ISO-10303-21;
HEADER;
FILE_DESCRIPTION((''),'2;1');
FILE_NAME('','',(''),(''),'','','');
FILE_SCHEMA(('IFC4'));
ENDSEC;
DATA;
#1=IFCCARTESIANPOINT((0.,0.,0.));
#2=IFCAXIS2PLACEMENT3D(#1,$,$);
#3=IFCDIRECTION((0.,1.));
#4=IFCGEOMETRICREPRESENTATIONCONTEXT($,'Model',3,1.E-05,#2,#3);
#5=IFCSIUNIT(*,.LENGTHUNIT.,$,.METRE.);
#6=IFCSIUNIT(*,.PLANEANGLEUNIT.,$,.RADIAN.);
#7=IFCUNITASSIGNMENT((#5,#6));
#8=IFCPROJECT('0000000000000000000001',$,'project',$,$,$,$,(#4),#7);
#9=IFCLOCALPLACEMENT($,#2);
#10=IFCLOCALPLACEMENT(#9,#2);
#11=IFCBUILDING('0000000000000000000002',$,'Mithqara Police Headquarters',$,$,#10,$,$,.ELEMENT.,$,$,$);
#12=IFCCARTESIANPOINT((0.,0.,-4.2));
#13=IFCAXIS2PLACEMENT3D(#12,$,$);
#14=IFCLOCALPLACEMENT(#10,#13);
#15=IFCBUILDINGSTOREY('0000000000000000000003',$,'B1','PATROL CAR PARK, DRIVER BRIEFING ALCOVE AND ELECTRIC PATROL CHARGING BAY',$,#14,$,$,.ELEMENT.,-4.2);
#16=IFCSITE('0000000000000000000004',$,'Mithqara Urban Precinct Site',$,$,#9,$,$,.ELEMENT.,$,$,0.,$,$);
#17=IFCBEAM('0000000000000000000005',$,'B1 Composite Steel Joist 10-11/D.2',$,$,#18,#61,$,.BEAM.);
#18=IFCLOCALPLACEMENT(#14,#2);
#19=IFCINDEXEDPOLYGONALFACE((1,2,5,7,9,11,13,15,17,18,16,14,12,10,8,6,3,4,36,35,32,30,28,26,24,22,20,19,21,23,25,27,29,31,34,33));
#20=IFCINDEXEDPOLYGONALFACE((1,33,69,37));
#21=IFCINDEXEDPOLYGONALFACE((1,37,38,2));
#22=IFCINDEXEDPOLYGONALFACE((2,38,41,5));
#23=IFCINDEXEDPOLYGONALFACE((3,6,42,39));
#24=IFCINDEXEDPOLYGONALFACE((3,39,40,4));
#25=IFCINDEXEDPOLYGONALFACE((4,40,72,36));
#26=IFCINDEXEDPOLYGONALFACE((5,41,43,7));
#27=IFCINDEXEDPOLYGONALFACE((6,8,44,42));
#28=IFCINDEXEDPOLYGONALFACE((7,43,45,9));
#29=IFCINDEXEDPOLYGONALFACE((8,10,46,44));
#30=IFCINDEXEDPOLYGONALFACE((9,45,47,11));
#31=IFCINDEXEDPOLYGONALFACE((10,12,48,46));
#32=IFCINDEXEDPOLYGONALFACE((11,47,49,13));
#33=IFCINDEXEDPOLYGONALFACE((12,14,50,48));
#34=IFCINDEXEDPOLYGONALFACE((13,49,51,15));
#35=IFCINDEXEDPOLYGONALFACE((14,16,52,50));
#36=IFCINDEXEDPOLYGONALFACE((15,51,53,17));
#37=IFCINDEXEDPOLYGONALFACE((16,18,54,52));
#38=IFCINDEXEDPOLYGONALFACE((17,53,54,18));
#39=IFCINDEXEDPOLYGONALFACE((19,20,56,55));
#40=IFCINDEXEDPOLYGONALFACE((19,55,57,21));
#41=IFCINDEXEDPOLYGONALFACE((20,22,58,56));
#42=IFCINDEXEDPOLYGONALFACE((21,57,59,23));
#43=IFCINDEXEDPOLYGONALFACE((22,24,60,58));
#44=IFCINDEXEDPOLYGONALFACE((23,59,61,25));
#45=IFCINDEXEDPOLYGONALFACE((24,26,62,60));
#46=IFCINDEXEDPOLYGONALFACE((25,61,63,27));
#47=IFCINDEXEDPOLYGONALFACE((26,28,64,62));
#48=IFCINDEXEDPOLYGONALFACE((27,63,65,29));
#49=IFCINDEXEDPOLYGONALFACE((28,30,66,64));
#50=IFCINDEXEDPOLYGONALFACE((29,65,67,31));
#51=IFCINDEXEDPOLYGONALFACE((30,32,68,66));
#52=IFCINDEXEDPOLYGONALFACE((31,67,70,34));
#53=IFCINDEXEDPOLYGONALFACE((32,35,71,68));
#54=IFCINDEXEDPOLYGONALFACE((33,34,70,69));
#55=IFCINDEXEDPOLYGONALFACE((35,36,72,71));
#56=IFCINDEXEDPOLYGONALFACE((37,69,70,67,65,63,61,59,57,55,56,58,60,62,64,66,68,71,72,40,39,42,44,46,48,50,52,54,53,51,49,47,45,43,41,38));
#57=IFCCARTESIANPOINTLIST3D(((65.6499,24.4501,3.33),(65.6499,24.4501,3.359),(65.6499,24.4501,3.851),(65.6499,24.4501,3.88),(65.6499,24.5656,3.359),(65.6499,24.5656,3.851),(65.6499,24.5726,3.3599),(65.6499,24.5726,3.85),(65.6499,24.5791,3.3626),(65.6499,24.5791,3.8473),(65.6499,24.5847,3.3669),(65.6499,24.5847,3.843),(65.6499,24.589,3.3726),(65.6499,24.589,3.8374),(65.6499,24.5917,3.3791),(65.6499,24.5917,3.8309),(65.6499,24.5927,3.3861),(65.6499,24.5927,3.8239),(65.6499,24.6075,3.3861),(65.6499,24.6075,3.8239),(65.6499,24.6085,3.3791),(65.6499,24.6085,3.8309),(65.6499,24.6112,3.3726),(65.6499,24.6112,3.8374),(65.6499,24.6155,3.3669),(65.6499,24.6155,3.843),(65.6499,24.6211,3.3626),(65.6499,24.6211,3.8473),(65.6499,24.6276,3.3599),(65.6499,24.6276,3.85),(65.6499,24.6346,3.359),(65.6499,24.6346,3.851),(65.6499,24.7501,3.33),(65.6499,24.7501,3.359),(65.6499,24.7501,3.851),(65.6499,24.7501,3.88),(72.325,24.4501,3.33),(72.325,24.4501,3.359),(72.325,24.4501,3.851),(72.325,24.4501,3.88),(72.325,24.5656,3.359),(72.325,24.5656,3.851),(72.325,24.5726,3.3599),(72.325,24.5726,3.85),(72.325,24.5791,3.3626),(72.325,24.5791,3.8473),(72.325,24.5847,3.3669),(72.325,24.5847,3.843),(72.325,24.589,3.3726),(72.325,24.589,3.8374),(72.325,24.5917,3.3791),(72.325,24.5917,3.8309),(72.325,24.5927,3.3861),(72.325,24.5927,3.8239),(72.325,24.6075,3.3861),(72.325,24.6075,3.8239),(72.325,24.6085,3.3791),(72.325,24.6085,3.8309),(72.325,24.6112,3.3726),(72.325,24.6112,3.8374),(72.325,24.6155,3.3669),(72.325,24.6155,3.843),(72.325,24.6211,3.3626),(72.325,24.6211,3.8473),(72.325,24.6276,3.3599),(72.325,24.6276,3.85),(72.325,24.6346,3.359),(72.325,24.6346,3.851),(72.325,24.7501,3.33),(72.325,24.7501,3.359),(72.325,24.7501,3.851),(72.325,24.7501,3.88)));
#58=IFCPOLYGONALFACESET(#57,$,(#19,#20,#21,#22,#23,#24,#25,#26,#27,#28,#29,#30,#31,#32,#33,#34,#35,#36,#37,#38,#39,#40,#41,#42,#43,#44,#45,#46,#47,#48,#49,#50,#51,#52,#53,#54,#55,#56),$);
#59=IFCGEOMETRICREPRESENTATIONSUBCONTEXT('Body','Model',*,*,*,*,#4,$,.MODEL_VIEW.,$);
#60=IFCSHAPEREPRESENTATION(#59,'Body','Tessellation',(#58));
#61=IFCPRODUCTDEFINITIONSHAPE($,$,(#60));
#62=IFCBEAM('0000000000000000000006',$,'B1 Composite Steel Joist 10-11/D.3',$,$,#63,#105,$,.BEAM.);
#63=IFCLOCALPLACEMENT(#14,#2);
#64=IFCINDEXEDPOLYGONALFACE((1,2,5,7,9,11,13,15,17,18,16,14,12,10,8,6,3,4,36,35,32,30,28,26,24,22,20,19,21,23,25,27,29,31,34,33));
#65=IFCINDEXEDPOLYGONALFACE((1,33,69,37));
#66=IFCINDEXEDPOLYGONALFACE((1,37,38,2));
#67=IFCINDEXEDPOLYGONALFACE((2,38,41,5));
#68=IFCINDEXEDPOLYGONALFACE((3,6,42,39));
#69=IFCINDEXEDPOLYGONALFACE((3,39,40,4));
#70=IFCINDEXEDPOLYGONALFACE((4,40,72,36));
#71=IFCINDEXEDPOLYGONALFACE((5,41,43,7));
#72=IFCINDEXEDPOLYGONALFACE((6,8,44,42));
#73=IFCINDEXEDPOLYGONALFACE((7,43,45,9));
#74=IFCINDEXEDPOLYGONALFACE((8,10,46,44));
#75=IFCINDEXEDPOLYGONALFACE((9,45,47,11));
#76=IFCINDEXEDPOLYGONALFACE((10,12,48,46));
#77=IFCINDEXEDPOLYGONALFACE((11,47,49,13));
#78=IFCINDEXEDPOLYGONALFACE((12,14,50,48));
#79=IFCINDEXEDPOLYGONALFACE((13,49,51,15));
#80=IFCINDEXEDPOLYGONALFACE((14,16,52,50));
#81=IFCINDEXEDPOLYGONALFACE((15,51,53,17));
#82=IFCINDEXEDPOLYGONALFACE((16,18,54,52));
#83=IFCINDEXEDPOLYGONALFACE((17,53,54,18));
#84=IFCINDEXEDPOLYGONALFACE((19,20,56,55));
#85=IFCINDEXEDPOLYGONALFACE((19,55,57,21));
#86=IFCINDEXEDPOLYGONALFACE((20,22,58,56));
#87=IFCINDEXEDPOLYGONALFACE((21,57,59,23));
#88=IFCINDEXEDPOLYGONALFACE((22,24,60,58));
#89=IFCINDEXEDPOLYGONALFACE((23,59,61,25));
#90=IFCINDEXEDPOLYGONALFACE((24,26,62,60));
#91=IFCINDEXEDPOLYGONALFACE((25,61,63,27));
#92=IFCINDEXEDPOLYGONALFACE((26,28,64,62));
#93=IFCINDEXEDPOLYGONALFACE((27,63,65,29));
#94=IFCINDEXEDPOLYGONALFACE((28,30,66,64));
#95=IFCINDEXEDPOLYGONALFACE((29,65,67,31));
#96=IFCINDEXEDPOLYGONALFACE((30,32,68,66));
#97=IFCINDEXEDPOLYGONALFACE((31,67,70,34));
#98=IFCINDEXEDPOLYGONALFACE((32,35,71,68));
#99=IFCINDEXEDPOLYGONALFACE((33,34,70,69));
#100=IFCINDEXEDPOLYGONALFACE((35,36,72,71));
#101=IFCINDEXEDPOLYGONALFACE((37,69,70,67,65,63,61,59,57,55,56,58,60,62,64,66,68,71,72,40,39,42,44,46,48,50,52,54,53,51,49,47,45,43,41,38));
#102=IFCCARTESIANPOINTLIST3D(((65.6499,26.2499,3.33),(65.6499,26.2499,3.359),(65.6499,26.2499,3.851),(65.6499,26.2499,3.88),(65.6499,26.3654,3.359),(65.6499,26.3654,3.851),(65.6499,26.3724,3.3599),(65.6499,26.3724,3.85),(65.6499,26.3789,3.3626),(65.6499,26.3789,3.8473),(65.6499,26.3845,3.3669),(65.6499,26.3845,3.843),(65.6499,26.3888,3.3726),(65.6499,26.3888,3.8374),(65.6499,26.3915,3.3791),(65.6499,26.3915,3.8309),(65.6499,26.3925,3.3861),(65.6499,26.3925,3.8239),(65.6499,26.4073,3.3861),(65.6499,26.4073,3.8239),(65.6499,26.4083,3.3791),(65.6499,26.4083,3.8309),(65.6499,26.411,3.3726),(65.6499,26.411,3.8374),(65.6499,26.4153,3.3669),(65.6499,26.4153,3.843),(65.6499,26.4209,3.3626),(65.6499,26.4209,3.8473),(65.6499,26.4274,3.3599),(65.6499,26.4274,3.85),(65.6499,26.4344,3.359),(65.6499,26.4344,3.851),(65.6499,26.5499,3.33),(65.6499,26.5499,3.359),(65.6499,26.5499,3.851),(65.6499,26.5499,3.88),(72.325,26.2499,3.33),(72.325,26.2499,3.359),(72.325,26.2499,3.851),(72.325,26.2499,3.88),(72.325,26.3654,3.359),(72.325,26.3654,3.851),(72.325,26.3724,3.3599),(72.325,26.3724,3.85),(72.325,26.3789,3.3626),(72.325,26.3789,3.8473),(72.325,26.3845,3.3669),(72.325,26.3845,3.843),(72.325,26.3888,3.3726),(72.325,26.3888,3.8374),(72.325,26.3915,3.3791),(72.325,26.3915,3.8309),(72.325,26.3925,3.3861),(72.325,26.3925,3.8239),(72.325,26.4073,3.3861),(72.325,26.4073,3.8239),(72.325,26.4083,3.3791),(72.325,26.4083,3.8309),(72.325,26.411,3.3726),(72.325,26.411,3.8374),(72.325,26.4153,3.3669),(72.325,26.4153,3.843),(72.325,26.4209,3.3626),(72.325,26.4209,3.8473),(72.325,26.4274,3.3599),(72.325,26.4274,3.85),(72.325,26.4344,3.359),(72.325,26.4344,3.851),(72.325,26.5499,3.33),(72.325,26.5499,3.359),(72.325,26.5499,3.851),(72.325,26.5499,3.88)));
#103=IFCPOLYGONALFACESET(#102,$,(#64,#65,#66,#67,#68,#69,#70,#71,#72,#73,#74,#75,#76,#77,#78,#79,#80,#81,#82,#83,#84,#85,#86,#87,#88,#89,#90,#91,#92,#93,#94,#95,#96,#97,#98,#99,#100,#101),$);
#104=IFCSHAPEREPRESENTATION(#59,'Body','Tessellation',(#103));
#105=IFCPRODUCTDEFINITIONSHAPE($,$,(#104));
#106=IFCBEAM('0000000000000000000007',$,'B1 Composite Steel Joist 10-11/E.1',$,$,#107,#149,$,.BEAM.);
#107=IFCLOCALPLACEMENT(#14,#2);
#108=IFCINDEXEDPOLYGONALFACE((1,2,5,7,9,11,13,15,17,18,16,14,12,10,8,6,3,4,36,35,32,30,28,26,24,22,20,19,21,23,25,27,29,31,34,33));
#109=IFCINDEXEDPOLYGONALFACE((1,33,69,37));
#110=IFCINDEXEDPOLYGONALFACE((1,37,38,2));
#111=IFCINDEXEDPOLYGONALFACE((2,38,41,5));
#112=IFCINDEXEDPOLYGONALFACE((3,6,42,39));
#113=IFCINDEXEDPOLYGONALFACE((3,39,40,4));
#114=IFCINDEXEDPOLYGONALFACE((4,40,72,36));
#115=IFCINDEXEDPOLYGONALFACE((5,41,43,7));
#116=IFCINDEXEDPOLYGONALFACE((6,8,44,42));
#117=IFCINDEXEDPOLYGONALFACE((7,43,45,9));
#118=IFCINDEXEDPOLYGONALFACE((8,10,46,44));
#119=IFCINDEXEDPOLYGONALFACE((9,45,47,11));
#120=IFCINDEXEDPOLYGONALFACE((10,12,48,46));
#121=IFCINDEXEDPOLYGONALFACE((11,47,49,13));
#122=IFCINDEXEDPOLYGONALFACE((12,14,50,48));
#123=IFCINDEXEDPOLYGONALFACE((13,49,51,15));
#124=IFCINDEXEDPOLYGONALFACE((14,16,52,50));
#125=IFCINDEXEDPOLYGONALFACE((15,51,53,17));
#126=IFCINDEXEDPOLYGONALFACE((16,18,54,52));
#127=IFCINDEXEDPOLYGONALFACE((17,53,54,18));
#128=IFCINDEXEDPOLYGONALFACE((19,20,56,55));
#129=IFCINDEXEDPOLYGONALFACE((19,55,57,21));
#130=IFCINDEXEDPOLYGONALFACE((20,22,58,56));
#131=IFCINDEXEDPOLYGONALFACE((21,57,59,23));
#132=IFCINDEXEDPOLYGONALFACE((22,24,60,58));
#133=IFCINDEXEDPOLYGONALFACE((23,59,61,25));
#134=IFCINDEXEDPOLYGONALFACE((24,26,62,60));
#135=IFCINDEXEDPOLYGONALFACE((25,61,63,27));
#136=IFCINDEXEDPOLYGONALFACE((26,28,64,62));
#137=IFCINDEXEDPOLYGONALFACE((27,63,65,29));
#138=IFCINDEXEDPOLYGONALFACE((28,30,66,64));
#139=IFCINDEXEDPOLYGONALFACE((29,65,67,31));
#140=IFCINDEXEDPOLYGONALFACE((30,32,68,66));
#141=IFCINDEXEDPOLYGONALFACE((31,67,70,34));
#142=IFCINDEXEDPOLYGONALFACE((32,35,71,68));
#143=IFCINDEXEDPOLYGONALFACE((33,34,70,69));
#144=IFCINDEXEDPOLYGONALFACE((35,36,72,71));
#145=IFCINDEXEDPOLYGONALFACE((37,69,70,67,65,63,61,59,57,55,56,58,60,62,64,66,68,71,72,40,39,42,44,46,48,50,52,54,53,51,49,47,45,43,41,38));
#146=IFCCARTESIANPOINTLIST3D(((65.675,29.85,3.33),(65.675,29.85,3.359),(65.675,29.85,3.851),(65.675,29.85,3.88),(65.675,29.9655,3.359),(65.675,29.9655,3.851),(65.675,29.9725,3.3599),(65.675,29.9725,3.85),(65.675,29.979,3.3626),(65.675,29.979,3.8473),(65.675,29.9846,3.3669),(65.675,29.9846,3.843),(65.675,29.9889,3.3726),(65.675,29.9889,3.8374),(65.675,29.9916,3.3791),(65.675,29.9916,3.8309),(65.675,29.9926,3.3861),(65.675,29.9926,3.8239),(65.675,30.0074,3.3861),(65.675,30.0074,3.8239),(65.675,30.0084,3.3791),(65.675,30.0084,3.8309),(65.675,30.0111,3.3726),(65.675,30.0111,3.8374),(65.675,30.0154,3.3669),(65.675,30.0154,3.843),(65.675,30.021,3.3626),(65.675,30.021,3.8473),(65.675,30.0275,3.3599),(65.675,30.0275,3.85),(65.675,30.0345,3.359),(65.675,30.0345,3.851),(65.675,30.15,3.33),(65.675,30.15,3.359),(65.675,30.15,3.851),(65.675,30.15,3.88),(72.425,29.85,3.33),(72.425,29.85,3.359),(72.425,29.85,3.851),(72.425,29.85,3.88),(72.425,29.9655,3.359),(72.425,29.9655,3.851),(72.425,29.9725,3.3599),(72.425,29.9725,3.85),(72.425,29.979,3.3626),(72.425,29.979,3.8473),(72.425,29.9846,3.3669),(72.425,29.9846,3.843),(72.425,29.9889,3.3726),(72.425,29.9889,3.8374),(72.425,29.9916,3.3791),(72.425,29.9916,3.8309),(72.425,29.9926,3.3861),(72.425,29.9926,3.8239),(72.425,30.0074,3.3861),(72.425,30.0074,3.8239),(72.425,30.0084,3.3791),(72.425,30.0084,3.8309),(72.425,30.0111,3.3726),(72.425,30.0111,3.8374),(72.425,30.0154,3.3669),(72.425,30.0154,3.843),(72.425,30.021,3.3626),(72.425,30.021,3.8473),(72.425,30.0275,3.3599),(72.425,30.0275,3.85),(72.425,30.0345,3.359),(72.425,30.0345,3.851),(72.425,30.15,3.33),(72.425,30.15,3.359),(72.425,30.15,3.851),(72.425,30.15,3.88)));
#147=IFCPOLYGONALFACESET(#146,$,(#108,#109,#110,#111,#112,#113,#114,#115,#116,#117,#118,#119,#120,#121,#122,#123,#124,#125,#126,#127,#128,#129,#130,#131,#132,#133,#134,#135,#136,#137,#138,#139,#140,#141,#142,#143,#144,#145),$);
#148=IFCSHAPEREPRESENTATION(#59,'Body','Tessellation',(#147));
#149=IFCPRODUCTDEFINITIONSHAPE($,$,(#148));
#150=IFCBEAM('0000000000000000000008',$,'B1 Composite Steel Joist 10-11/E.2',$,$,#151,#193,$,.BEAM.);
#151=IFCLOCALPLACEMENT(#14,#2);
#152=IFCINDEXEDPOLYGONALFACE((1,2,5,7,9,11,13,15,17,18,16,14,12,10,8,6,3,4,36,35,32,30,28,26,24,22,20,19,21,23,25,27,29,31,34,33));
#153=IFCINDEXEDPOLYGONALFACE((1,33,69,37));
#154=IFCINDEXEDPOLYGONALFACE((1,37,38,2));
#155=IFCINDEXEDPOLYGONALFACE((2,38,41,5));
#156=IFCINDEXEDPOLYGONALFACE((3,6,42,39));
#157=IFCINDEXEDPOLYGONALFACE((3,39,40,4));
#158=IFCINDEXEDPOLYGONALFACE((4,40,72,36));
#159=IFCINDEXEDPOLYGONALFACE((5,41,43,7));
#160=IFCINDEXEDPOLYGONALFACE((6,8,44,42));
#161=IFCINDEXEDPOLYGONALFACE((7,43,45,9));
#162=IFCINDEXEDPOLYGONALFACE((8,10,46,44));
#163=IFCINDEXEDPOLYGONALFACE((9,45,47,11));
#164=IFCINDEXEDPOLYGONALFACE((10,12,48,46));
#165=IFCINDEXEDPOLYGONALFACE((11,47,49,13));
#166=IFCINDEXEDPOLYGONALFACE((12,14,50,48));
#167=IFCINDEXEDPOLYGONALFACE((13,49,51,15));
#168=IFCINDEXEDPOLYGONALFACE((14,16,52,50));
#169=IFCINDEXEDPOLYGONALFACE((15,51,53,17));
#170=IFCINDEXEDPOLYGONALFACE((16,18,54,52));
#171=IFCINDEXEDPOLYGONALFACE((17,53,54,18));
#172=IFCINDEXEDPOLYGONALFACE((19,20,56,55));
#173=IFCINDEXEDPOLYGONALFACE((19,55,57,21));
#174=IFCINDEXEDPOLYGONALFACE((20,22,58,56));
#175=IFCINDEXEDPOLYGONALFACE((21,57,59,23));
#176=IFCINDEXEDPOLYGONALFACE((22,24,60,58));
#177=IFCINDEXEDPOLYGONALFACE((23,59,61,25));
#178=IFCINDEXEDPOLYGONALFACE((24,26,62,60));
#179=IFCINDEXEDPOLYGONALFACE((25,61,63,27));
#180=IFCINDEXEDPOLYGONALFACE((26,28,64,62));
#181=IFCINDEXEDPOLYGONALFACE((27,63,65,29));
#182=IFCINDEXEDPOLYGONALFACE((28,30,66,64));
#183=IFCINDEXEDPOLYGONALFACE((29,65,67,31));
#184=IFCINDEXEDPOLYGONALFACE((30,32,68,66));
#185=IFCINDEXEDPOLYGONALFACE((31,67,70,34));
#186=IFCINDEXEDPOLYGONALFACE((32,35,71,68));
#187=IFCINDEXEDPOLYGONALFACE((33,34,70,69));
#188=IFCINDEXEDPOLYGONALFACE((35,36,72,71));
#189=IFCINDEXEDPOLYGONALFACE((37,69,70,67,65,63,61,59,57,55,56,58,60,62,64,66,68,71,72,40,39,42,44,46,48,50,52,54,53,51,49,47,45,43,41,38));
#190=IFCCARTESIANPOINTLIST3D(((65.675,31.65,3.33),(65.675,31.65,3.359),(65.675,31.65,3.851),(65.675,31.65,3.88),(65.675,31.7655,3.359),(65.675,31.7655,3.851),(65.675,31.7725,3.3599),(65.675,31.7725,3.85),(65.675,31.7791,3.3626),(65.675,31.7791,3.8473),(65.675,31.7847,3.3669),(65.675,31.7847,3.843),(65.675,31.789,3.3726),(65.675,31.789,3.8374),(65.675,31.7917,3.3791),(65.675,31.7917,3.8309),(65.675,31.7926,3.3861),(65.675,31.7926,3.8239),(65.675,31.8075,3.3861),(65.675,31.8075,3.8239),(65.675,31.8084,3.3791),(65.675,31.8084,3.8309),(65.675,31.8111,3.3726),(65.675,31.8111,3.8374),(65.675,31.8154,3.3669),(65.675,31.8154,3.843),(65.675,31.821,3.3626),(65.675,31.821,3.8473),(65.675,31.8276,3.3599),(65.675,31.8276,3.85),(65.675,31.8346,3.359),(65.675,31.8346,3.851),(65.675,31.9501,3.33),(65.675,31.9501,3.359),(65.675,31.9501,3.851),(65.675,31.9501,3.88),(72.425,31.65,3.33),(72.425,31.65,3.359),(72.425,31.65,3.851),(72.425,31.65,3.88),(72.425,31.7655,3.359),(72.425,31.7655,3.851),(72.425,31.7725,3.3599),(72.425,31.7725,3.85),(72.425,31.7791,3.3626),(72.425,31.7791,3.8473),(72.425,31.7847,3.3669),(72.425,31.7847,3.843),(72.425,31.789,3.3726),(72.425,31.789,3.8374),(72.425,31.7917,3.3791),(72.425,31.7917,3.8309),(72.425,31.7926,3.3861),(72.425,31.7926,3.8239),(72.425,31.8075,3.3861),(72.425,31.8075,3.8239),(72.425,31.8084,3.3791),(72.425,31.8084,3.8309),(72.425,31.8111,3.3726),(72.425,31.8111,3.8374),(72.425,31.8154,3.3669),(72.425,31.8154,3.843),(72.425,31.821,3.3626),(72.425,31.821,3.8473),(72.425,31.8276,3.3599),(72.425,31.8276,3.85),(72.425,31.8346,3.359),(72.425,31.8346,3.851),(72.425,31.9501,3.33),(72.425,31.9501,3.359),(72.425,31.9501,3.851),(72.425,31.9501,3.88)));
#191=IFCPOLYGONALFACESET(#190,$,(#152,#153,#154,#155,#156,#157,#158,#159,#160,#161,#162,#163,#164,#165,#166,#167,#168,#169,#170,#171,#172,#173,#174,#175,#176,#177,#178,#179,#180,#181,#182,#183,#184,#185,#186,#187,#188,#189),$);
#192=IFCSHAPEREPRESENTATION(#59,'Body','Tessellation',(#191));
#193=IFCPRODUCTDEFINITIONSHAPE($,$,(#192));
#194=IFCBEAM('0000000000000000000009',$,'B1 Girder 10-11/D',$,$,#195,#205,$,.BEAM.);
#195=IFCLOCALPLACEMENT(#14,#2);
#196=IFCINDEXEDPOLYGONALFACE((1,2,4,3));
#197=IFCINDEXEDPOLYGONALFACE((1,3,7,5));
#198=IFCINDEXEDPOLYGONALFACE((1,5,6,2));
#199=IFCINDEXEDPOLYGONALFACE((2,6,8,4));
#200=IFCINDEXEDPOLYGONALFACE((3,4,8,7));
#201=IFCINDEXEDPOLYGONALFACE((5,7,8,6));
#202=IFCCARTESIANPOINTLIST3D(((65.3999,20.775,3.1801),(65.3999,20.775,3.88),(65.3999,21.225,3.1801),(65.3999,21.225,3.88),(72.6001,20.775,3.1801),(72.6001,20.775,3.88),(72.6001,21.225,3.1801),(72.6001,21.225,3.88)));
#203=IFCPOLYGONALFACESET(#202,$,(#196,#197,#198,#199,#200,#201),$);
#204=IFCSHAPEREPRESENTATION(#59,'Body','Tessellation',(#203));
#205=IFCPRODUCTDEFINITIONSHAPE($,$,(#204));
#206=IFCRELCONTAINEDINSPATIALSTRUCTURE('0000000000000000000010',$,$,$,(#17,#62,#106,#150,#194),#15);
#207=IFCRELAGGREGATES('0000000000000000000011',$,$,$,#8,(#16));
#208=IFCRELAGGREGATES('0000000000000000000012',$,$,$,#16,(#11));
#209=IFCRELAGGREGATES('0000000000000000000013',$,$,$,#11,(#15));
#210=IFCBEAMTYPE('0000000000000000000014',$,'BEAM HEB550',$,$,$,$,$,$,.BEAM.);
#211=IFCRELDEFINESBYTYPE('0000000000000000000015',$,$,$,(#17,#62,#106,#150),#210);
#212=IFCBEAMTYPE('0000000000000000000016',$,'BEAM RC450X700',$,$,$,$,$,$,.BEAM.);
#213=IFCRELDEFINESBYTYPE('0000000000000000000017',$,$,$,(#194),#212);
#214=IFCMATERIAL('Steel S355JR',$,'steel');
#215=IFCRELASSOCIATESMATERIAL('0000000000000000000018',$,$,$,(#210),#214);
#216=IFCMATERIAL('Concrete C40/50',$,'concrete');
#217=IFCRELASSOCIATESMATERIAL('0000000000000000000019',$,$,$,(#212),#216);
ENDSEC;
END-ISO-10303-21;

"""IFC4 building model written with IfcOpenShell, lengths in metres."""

from ifc_helpers import new_model, si_unit, direction, frame, origin, origin_2d, place, context, subcontext, project, spatial, rectangle, i_section, extrude, material, material_profile, profile_set, type_object, element, save


model = new_model("IFC4")

# Units and contexts
model_context = context("Model", 3, precision=1e-05, world=origin(), true_north=direction((0.0, 1.0)))
body_context = subcontext(model_context, "Body", "Model", "MODEL_VIEW")
ifc_project = project(units=[si_unit("LENGTHUNIT", "METRE"), si_unit("PLANEANGLEUNIT", "RADIAN")], contexts=[model_context])

# Site, building, storey
site_placement = place(None, origin())
site = spatial("IfcSite", under=ifc_project, at=site_placement, Name="Mithqara Urban Precinct Site", CompositionType="ELEMENT", RefElevation=0.0)
building_placement = place(site_placement, origin())
building = spatial("IfcBuilding", under=site, at=building_placement, Name="Mithqara Police Headquarters", CompositionType="ELEMENT")
storey_placement = place(building_placement, frame((0.0, 0.0, -4.2)))
storey = spatial("IfcBuildingStorey", under=building, at=storey_placement, Name="B1", Description="PATROL CAR PARK, DRIVER BRIEFING ALCOVE AND ELECTRIC PATROL CHARGING BAY", CompositionType="ELEMENT", Elevation=-4.2)

# Shared definitions
ifc_material_1 = material(Name="Concrete C40/50", Category="concrete")

# Beams
ifc_material_2 = material(Name="Steel S355JR", Category="steel")
ifc_material_profile_1 = material_profile(ifc_material_2, i_section(OverallWidth=0.3, OverallDepth=0.55, WebThickness=0.0149, FlangeThickness=0.0291, FilletRadius=0.0271, at=origin_2d()), Name="HEB 550")
ifc_profile_set_1 = profile_set([ifc_material_profile_1], Name="Steel S355JR")
beam_type_1 = type_object("IfcBeamType", Name="BEAM HEB550", PredefinedType="BEAM", material=ifc_profile_set_1)
for number, where, z_axis, x_axis, name in (
    (1, (65.6499, 24.6001, 3.605), (1.0, 0.0, 0.0), (0.0, 1.0, 0.0), "B1 Composite Steel Joist 10-11/D.2"),
    (2, (65.6499, 26.3999, 3.605), (1.0, 0.0, 0.0), (0.0, 1.0, 0.0), "B1 Composite Steel Joist 10-11/D.3"),
):
    element("IfcBeam", number, at=place(storey_placement, frame(where, z_axis=z_axis, x_axis=x_axis)), inside=storey, type_object=beam_type_1, Name=name, PredefinedType="BEAM", context=body_context, shape_type="SweptSolid", body=[
        extrude(i_section(OverallWidth=0.3, OverallDepth=0.55, WebThickness=0.0149, FlangeThickness=0.0291, FilletRadius=0.0271, at=origin_2d()), origin(), (0.0, 0.0, 1.0), 6.675),
    ])
for number, where, z_axis, x_axis, name in (
    (3, (65.675, 30.0, 3.605), (1.0, 0.0, 0.0), (0.0, 1.0, 0.0), "B1 Composite Steel Joist 10-11/E.1"),
    (4, (65.675, 31.8, 3.605), (1.0, 0.0, 0.0), (0.0, 1.0, 0.0), "B1 Composite Steel Joist 10-11/E.2"),
):
    element("IfcBeam", number, at=place(storey_placement, frame(where, z_axis=z_axis, x_axis=x_axis)), inside=storey, type_object=beam_type_1, Name=name, PredefinedType="BEAM", context=body_context, shape_type="SweptSolid", body=[
        extrude(i_section(OverallWidth=0.3, OverallDepth=0.55, WebThickness=0.0149, FlangeThickness=0.0291, FilletRadius=0.0271, at=origin_2d()), origin(), (0.0, 0.0, 1.0), 6.75),
    ])
ifc_material_profile_2 = material_profile(ifc_material_1, rectangle(XDim=0.45, YDim=0.7, at=origin_2d()), Name="RC 450x700")
ifc_profile_set_2 = profile_set([ifc_material_profile_2], Name="Concrete C40/50")
beam_type_2 = type_object("IfcBeamType", Name="BEAM RC450X700", PredefinedType="BEAM", material=ifc_profile_set_2)
beam_1_placement = place(storey_placement, frame((65.3999, 21.0, 3.53), z_axis=(1.0, 0.0, 0.0), x_axis=(0.0, 1.0, 0.0)))
element("IfcBeam", 5, at=beam_1_placement, inside=storey, type_object=beam_type_2, Name="B1 Girder 10-11/D", PredefinedType="BEAM", context=body_context, shape_type="SweptSolid", body=[
    extrude(rectangle(XDim=0.45, YDim=0.7, at=origin_2d()), origin(), (0.0, 0.0, 1.0), 7.2002),
])

save(model, "model.ifc")
